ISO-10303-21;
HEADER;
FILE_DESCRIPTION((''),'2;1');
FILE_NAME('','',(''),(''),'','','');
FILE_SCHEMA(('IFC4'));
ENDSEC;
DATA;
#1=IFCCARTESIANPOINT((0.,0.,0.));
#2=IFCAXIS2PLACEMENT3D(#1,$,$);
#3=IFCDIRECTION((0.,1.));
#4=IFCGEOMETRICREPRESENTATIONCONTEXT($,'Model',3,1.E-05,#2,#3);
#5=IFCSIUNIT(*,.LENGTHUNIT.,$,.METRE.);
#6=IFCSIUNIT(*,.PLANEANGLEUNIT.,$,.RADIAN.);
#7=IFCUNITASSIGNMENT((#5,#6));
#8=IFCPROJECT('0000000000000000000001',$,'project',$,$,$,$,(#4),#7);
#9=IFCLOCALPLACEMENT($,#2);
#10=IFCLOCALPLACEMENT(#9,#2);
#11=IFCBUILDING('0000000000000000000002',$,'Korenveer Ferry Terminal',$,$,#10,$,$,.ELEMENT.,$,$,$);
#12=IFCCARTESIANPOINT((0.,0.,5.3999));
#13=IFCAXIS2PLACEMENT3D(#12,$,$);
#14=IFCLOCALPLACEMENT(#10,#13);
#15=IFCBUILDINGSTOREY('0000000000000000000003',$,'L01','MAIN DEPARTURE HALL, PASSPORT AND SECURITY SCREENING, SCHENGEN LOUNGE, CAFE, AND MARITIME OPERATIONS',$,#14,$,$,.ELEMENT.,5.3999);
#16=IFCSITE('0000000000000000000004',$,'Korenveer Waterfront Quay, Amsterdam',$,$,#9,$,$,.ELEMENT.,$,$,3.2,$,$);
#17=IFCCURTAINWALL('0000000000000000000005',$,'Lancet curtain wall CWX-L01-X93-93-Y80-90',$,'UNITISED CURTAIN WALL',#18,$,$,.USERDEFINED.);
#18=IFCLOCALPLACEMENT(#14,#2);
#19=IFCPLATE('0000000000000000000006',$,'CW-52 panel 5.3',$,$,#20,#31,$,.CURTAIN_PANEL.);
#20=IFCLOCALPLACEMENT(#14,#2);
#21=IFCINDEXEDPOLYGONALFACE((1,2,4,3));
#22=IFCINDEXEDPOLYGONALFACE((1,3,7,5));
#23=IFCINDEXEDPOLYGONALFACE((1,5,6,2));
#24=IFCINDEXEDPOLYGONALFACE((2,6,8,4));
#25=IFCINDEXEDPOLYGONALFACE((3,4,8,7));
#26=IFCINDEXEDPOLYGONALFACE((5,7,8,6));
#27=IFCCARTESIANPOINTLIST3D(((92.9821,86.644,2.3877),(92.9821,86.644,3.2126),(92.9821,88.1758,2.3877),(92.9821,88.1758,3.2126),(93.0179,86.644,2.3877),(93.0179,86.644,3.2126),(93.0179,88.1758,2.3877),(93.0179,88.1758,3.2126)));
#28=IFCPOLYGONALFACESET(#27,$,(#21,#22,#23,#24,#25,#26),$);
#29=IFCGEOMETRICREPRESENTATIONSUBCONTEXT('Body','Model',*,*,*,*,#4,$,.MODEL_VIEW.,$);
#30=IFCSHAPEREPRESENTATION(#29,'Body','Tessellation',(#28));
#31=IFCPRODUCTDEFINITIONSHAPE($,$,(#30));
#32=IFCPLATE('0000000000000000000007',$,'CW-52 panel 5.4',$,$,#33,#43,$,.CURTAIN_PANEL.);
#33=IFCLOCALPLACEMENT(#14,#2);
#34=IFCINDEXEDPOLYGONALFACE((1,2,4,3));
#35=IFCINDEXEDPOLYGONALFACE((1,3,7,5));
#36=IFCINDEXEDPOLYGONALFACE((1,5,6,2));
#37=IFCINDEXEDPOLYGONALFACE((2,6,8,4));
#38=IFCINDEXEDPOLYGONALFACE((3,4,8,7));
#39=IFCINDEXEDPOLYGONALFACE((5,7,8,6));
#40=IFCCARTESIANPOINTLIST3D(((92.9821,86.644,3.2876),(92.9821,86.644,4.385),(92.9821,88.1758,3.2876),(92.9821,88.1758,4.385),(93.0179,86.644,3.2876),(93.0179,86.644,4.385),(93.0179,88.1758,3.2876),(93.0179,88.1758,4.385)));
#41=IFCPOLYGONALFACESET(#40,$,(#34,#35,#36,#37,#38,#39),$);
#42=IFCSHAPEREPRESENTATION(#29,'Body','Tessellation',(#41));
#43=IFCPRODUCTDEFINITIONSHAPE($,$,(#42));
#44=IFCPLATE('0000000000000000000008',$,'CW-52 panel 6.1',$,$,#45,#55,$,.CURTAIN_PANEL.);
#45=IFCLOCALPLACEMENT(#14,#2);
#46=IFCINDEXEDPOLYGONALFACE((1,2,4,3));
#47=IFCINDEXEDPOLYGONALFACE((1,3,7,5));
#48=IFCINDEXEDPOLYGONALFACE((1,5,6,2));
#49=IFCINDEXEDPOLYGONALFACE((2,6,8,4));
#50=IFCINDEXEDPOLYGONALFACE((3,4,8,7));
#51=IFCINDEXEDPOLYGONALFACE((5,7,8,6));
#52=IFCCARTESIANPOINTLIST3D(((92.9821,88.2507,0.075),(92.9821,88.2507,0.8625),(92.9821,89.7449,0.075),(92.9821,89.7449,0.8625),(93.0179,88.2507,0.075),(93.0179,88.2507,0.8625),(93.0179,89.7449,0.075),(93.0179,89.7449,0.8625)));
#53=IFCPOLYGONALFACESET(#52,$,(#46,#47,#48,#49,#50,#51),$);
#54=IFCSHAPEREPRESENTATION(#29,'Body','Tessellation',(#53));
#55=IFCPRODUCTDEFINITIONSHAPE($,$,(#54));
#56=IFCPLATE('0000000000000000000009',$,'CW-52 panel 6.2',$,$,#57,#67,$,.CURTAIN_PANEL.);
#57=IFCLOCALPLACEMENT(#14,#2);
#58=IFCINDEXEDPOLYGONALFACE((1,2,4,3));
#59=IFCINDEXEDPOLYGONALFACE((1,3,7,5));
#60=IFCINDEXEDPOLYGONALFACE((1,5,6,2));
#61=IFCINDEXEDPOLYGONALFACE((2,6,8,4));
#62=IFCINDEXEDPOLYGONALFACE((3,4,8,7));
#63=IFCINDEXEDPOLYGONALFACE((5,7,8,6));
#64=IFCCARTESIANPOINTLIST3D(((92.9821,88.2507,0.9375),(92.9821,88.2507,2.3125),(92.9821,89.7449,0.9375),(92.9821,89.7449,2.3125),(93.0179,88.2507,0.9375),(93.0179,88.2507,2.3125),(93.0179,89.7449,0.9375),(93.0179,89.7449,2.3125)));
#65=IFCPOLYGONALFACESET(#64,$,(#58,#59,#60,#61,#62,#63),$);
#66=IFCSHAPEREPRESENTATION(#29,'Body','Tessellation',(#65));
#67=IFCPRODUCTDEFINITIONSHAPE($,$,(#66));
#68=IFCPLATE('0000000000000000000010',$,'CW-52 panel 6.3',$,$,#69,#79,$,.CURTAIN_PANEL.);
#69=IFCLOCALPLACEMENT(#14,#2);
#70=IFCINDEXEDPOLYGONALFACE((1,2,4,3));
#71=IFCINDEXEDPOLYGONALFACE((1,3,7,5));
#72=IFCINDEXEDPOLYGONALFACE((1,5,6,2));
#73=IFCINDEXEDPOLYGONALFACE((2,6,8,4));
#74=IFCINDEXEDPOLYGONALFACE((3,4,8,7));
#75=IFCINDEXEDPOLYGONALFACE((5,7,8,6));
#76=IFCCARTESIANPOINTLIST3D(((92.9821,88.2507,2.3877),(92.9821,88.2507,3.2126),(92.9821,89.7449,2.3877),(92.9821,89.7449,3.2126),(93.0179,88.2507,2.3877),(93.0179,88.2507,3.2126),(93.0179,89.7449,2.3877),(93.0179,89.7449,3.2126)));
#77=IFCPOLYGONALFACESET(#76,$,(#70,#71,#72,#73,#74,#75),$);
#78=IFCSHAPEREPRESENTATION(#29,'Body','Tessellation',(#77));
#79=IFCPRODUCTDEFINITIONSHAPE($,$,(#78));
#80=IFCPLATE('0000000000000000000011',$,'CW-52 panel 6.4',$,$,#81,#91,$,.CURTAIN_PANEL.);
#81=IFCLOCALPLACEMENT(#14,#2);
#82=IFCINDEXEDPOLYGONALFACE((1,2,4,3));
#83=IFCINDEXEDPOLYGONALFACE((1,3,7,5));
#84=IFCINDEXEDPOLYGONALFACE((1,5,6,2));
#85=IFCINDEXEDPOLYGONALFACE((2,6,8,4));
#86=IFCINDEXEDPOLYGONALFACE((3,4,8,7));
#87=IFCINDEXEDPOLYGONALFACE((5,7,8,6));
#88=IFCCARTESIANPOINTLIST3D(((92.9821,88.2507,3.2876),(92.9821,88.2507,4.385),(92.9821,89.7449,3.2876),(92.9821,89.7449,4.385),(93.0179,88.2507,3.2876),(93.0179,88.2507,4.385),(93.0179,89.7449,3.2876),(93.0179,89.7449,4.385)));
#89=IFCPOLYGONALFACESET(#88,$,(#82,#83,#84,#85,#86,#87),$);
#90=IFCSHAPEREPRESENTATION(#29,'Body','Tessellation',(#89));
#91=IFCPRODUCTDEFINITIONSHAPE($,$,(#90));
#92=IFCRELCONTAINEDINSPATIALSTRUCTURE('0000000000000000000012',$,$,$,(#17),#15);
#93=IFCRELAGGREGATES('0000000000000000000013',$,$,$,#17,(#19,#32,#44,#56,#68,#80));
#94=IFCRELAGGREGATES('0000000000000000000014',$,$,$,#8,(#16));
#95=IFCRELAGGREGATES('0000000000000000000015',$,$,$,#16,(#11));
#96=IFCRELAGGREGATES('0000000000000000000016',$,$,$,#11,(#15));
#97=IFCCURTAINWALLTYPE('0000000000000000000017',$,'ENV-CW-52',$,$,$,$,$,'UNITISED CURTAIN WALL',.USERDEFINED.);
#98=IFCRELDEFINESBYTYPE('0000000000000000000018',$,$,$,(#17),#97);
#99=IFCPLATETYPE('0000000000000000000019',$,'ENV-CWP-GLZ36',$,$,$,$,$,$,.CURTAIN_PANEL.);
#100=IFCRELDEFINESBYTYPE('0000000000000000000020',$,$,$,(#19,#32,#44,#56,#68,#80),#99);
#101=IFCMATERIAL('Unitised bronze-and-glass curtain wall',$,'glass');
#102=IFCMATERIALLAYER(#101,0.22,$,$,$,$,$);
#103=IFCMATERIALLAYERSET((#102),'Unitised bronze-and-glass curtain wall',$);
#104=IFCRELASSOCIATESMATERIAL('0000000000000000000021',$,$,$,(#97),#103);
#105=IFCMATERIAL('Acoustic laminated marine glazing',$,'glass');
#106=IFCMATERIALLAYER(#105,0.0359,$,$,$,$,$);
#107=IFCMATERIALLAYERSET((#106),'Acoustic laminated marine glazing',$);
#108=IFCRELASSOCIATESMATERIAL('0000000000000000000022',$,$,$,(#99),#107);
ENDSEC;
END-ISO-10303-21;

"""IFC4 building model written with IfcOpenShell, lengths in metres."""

from ifc_helpers import new_model, si_unit, direction, frame, origin, origin_2d, place, context, subcontext, project, spatial, rectangle, extrude, material, layer, layer_set, type_object, element, aggregate, save


model = new_model("IFC4")

# Units and contexts
model_context = context("Model", 3, precision=1e-05, world=origin(), true_north=direction((0.0, 1.0)))
body_context = subcontext(model_context, "Body", "Model", "MODEL_VIEW")
ifc_project = project(units=[si_unit("LENGTHUNIT", "METRE"), si_unit("PLANEANGLEUNIT", "RADIAN")], contexts=[model_context])

# Site, building, storey
site_placement = place(None, origin())
site = spatial("IfcSite", under=ifc_project, at=site_placement, Name="Korenveer Waterfront Quay, Amsterdam", CompositionType="ELEMENT", RefElevation=3.2)
building_placement = place(site_placement, origin())
building = spatial("IfcBuilding", under=site, at=building_placement, Name="Korenveer Ferry Terminal", CompositionType="ELEMENT")
storey_placement = place(building_placement, frame((0.0, 0.0, 5.3999)))
storey = spatial("IfcBuildingStorey", under=building, at=storey_placement, Name="L01", Description="MAIN DEPARTURE HALL, PASSPORT AND SECURITY SCREENING, SCHENGEN LOUNGE, CAFE, AND MARITIME OPERATIONS", CompositionType="ELEMENT", Elevation=5.3999)

# Curtain wall
ifc_material_1 = material(Name="Unitised bronze-and-glass curtain wall", Category="glass")
ifc_layer_1 = layer(ifc_material_1, 0.22)
ifc_layer_set_1 = layer_set([ifc_layer_1], Name="Unitised bronze-and-glass curtain wall")
curtain_wall_type_1 = type_object("IfcCurtainWallType", Name="ENV-CW-52", ElementType="UNITISED CURTAIN WALL", PredefinedType="USERDEFINED", material=ifc_layer_set_1)
curtain_wall_1_placement = place(storey_placement, frame((93.0, 80.1799, 0.0)))
curtain_wall_1 = element("IfcCurtainWall", 1, at=curtain_wall_1_placement, inside=storey, type_object=curtain_wall_type_1, Name="Lancet curtain wall CWX-L01-X93-93-Y80-90", ObjectType="UNITISED CURTAIN WALL", PredefinedType="USERDEFINED")

# Plates
ifc_material_2 = material(Name="Acoustic laminated marine glazing", Category="glass")
ifc_layer_2 = layer(ifc_material_2, 0.0359)
ifc_layer_set_2 = layer_set([ifc_layer_2], Name="Acoustic laminated marine glazing")
plate_type = type_object("IfcPlateType", Name="ENV-CWP-GLZ36", PredefinedType="CURTAIN_PANEL", material=ifc_layer_set_2)
plate_1_placement = place(storey_placement, frame((93.0, 87.4099, 2.3877), z_axis=(0.0, 0.0, 1.0), x_axis=(0.0, 1.0, 0.0)))
plate_1 = element("IfcPlate", 2, at=plate_1_placement, type_object=plate_type, Name="CW-52 panel 5.3", PredefinedType="CURTAIN_PANEL", context=body_context, shape_type="SweptSolid", body=[
    extrude(rectangle(XDim=1.5317, YDim=0.0359, at=origin_2d()), origin(), (0.0, 0.0, 1.0), 0.825),
])
plate_2_placement = place(storey_placement, frame((93.0, 87.4099, 3.2876), z_axis=(0.0, 0.0, 1.0), x_axis=(0.0, 1.0, 0.0)))
plate_2 = element("IfcPlate", 3, at=plate_2_placement, type_object=plate_type, Name="CW-52 panel 5.4", PredefinedType="CURTAIN_PANEL", context=body_context, shape_type="SweptSolid", body=[
    extrude(rectangle(XDim=1.5317, YDim=0.0359, at=origin_2d()), origin(), (0.0, 0.0, 1.0), 1.0974),
])
plate_3_placement = place(storey_placement, frame((93.0, 88.9978, 0.075), z_axis=(0.0, 0.0, 1.0), x_axis=(0.0, 1.0, 0.0)))
plate_3 = element("IfcPlate", 4, at=plate_3_placement, type_object=plate_type, Name="CW-52 panel 6.1", PredefinedType="CURTAIN_PANEL", context=body_context, shape_type="SweptSolid", body=[
    extrude(rectangle(XDim=1.4941, YDim=0.0359, at=origin_2d()), origin(), (0.0, 0.0, 1.0), 0.7876),
])
plate_4_placement = place(storey_placement, frame((93.0, 88.9978, 0.9375), z_axis=(0.0, 0.0, 1.0), x_axis=(0.0, 1.0, 0.0)))
plate_4 = element("IfcPlate", 5, at=plate_4_placement, type_object=plate_type, Name="CW-52 panel 6.2", PredefinedType="CURTAIN_PANEL", context=body_context, shape_type="SweptSolid", body=[
    extrude(rectangle(XDim=1.4941, YDim=0.0359, at=origin_2d()), origin(), (0.0, 0.0, 1.0), 1.375),
])
plate_5_placement = place(storey_placement, frame((93.0, 88.9978, 2.3877), z_axis=(0.0, 0.0, 1.0), x_axis=(0.0, 1.0, 0.0)))
plate_5 = element("IfcPlate", 6, at=plate_5_placement, type_object=plate_type, Name="CW-52 panel 6.3", PredefinedType="CURTAIN_PANEL", context=body_context, shape_type="SweptSolid", body=[
    extrude(rectangle(XDim=1.4941, YDim=0.0359, at=origin_2d()), origin(), (0.0, 0.0, 1.0), 0.825),
])
plate_6_placement = place(storey_placement, frame((93.0, 88.9978, 3.2876), z_axis=(0.0, 0.0, 1.0), x_axis=(0.0, 1.0, 0.0)))
plate_6 = element("IfcPlate", 7, at=plate_6_placement, type_object=plate_type, Name="CW-52 panel 6.4", PredefinedType="CURTAIN_PANEL", context=body_context, shape_type="SweptSolid", body=[
    extrude(rectangle(XDim=1.4941, YDim=0.0359, at=origin_2d()), origin(), (0.0, 0.0, 1.0), 1.0974),
])
aggregate(curtain_wall_1, [plate_1, plate_2, plate_3, plate_4, plate_5, plate_6])

save(model, "model.ifc")
